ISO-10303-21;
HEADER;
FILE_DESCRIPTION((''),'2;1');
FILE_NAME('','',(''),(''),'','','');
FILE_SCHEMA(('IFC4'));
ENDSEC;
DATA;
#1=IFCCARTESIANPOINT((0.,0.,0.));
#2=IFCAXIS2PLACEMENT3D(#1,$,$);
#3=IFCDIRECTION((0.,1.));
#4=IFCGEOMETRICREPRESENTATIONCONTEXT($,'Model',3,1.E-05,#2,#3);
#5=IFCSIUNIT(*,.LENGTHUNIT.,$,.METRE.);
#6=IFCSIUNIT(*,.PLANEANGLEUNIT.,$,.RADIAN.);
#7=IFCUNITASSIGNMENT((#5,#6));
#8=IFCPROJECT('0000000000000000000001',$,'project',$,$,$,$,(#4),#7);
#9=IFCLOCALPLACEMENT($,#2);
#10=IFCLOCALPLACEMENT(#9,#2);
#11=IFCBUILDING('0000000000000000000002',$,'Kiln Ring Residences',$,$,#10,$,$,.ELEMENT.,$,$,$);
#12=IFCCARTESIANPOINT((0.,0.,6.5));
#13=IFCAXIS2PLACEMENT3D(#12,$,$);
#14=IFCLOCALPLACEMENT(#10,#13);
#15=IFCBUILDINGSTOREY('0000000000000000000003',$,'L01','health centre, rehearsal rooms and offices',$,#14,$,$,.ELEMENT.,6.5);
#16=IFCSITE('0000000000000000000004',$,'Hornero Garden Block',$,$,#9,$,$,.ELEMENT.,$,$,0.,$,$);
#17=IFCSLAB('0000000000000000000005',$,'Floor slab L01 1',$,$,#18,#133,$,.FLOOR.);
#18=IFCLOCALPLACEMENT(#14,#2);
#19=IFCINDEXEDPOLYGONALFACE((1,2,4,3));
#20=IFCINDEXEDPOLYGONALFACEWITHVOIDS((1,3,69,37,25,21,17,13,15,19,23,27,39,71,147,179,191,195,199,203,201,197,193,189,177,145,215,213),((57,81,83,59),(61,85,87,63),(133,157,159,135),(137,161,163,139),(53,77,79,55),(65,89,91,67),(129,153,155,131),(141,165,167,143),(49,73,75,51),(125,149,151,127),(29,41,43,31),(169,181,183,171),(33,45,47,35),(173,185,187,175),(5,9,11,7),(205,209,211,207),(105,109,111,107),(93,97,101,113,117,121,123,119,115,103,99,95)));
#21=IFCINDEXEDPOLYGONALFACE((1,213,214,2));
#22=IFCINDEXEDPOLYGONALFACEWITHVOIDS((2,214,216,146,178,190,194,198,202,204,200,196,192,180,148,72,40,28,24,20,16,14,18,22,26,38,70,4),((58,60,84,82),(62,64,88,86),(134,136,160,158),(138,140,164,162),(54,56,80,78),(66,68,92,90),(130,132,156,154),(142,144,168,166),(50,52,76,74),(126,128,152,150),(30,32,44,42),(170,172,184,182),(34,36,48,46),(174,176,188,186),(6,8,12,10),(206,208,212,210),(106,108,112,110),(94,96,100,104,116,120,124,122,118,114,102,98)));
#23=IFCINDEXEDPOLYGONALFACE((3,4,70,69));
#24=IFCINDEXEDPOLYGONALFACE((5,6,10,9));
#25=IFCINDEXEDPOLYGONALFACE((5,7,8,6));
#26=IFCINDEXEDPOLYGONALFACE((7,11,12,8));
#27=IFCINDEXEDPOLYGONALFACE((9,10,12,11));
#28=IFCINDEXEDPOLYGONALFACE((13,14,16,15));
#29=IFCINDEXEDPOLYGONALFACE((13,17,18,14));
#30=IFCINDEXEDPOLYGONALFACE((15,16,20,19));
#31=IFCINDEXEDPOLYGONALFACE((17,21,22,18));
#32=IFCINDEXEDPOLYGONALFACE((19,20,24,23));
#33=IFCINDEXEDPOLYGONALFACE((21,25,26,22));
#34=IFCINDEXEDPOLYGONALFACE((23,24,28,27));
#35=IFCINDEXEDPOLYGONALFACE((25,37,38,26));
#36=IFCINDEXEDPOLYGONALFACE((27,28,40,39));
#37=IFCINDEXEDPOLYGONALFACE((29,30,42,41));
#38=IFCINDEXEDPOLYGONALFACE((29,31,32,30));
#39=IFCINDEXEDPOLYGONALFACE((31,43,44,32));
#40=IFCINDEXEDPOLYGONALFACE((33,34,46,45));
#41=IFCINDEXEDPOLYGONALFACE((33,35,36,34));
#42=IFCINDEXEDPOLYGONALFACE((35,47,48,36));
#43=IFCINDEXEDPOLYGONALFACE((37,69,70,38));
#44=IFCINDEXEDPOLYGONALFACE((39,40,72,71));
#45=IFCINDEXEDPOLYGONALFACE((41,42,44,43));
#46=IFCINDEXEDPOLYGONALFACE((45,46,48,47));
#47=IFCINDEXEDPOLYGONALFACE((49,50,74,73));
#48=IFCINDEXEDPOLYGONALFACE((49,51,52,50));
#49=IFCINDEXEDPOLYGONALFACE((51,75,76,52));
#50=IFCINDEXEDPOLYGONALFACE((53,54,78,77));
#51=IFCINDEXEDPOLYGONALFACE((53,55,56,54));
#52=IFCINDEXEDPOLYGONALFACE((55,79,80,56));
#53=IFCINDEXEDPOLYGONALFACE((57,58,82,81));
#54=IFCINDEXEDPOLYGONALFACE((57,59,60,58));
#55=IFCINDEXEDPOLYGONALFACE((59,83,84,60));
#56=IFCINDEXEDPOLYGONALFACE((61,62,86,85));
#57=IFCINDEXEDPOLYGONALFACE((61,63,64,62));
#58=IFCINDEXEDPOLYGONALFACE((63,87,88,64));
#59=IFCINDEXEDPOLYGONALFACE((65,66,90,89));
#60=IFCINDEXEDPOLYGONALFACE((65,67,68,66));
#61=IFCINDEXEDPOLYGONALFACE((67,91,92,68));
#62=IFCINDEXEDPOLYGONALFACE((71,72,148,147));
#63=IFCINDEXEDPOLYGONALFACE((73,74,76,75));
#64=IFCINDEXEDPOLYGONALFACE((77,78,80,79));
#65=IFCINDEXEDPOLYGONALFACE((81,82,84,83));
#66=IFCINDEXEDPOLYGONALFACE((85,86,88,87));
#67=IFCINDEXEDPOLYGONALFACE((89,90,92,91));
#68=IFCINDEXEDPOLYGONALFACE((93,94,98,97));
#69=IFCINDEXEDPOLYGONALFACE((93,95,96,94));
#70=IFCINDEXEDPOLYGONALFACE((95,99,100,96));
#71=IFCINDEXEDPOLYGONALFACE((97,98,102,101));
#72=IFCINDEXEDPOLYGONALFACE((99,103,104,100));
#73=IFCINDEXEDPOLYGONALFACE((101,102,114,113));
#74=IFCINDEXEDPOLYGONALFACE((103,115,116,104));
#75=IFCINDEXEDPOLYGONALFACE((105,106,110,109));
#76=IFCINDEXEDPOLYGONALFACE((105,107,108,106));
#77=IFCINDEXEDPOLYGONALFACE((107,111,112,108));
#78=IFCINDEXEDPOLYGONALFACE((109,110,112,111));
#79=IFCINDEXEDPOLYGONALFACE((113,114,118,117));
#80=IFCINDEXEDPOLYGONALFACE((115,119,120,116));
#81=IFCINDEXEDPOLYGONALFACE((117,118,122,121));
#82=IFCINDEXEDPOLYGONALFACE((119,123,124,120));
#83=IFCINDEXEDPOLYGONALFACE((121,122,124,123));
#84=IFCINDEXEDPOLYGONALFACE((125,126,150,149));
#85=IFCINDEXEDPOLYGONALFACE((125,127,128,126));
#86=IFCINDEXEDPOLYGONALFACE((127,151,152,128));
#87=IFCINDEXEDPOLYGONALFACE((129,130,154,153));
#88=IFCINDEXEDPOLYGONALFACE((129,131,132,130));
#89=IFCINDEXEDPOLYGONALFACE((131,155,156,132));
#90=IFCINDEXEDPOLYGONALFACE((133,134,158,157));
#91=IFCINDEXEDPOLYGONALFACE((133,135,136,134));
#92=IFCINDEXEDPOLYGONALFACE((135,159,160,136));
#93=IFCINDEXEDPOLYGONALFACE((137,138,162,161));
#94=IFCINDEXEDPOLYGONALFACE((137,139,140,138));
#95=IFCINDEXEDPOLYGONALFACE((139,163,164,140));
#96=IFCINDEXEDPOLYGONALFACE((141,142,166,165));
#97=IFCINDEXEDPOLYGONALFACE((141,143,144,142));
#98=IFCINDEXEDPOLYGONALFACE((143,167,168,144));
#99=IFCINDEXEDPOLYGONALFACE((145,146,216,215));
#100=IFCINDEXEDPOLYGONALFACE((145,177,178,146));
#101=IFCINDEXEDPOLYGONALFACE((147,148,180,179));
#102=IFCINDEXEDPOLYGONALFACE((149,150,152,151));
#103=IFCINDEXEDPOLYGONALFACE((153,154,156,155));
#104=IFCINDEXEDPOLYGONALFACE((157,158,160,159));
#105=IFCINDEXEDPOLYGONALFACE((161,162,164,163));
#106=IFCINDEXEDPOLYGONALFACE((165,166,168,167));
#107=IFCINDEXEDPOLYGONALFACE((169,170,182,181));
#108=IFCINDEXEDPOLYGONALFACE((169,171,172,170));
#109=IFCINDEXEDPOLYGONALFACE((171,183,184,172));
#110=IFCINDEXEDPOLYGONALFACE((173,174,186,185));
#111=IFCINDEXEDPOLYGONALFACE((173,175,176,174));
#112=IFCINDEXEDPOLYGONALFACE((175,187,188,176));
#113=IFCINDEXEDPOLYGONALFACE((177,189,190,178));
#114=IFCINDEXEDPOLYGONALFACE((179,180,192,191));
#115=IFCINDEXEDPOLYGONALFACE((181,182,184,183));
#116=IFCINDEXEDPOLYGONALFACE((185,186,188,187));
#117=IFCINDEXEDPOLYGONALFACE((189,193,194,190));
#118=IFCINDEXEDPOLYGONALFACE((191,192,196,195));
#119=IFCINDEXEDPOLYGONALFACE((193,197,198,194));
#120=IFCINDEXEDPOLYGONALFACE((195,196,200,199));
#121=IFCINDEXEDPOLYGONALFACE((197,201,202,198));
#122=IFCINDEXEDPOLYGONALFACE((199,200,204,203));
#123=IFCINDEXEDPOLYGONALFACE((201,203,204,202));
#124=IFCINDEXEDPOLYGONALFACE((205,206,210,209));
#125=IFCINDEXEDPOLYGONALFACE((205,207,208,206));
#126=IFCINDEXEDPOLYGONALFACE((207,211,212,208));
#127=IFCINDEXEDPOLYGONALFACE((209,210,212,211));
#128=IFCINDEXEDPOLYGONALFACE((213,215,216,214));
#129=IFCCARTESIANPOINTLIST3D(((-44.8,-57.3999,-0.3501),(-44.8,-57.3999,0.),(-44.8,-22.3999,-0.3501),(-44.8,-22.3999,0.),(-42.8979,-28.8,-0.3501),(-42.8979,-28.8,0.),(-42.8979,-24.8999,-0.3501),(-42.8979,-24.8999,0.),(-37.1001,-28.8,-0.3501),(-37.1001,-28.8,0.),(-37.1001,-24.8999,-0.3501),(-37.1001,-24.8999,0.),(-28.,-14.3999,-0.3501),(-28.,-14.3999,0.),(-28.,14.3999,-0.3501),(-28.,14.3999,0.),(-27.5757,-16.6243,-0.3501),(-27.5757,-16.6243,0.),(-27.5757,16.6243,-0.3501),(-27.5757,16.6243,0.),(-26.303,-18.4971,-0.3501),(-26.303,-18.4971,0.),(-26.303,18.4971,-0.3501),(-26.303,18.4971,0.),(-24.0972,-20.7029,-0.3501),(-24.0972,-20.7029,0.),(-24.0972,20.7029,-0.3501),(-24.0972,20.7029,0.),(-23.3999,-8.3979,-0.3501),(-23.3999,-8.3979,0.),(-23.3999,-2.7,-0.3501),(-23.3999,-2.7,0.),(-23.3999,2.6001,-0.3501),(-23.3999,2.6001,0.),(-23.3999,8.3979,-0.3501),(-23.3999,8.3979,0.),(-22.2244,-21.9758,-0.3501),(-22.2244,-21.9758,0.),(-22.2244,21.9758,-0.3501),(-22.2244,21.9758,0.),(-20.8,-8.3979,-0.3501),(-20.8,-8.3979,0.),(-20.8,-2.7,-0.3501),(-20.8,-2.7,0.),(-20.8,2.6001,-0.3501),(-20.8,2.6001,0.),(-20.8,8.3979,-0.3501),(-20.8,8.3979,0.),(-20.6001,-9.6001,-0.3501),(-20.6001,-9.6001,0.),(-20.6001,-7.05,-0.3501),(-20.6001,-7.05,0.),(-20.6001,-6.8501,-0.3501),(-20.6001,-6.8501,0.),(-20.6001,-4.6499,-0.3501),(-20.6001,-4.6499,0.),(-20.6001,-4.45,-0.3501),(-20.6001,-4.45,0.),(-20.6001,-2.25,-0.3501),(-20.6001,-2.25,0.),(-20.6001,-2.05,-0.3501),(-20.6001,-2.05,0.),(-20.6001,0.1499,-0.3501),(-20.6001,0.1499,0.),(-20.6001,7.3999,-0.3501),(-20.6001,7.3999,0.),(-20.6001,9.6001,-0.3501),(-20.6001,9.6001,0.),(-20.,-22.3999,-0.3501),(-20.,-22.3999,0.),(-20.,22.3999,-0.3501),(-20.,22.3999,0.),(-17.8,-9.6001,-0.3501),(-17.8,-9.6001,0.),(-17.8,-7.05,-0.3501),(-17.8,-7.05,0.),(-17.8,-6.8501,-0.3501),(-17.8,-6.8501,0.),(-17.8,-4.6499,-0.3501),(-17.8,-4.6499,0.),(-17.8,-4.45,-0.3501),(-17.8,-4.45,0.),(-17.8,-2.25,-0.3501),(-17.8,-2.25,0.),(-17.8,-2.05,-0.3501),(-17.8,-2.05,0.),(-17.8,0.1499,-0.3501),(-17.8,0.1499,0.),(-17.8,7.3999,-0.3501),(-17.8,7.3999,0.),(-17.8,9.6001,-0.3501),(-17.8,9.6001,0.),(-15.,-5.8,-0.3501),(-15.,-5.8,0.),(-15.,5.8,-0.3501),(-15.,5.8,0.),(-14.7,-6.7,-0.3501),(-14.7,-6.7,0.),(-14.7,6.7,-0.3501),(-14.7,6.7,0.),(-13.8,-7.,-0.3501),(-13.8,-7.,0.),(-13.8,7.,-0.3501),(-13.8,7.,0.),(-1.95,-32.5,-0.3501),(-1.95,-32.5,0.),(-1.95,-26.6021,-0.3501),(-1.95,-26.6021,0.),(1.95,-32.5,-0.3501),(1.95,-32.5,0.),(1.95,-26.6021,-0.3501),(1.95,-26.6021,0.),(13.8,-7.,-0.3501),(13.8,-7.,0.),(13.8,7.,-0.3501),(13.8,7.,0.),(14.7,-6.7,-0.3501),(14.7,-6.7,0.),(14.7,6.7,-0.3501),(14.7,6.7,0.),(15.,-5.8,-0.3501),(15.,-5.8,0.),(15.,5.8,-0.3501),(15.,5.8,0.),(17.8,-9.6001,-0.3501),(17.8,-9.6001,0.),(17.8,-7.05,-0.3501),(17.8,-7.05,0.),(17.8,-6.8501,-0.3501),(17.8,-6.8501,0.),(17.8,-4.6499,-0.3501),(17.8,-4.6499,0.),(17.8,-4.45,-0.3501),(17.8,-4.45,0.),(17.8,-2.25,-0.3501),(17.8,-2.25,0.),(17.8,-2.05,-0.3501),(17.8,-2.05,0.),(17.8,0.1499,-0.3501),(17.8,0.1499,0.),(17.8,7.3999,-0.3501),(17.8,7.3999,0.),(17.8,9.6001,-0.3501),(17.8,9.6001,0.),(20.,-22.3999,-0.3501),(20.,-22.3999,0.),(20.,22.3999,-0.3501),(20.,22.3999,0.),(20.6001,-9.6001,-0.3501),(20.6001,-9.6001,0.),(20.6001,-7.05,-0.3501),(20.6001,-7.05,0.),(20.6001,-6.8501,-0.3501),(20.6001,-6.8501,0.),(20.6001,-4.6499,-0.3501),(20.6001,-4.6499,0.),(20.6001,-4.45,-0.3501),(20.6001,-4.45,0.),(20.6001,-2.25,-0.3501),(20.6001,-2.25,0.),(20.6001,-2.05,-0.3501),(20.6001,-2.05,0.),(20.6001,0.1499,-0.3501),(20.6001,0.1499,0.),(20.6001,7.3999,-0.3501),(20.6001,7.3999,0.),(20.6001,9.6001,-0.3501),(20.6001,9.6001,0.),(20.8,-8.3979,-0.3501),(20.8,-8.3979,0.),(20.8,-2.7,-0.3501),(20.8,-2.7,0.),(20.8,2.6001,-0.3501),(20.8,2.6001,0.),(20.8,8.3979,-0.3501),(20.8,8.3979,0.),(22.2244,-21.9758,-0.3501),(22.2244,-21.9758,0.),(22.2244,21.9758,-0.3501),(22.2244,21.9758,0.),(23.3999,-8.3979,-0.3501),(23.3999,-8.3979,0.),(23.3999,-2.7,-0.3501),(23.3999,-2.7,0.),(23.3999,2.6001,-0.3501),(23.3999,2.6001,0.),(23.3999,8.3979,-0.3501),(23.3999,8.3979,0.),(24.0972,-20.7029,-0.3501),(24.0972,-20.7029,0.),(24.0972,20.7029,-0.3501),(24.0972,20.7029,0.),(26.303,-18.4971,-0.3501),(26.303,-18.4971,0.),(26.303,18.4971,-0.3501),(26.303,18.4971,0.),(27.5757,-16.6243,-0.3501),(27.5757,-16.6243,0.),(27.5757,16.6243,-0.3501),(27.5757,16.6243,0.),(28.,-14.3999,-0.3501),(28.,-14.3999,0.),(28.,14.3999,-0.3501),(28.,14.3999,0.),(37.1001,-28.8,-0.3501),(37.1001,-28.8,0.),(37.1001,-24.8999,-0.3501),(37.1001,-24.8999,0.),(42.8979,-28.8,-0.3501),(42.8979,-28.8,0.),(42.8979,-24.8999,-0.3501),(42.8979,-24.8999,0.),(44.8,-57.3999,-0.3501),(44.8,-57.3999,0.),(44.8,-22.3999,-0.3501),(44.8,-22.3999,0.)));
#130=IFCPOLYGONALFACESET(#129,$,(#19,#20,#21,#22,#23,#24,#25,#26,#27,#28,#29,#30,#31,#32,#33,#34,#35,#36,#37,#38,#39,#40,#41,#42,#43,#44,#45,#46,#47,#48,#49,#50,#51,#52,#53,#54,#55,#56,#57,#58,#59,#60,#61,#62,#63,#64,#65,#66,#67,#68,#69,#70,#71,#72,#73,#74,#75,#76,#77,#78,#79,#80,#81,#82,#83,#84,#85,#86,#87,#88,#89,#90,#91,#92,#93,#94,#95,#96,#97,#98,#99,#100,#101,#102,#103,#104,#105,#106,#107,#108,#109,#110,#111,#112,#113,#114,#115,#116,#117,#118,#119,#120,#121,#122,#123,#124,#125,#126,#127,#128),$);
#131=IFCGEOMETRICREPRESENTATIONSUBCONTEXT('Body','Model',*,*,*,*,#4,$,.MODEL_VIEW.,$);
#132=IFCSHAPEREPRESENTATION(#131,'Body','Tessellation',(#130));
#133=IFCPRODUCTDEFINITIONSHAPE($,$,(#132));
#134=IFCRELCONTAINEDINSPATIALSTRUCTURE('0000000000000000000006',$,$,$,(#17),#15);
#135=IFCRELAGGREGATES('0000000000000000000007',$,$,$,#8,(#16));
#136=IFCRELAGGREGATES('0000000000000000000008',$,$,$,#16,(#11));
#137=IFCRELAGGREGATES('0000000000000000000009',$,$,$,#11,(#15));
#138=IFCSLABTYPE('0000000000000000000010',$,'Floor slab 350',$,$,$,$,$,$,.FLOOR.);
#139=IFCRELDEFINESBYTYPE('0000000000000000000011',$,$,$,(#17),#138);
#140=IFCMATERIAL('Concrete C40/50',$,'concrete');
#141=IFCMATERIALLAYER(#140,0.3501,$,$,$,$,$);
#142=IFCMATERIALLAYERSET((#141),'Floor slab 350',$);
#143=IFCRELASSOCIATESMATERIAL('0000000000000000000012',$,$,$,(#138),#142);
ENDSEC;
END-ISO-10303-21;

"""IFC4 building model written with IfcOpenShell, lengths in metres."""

from ifc_helpers import new_model, si_unit, direction, frame, origin, place, context, subcontext, project, spatial, polyline, outline, extrude, material, layer, layer_set, type_object, element, save


model = new_model("IFC4")

# Units and contexts
model_context = context("Model", 3, precision=1e-05, world=origin(), true_north=direction((0.0, 1.0)))
body_context = subcontext(model_context, "Body", "Model", "MODEL_VIEW")
ifc_project = project(units=[si_unit("LENGTHUNIT", "METRE"), si_unit("PLANEANGLEUNIT", "RADIAN")], contexts=[model_context])

# Site, building, storey
site_placement = place(None, origin())
site = spatial("IfcSite", under=ifc_project, at=site_placement, Name="Hornero Garden Block", CompositionType="ELEMENT", RefElevation=0.0)
building_placement = place(site_placement, origin())
building = spatial("IfcBuilding", under=site, at=building_placement, Name="Kiln Ring Residences", CompositionType="ELEMENT")
storey_placement = place(building_placement, frame((0.0, 0.0, 6.5)))
storey = spatial("IfcBuildingStorey", under=building, at=storey_placement, Name="L01", Description="health centre, rehearsal rooms and offices", CompositionType="ELEMENT", Elevation=6.5)

# Slab
ifc_material_1 = material(Name="Concrete C40/50", Category="concrete")
ifc_layer_1 = layer(ifc_material_1, 0.3501)
ifc_layer_set_1 = layer_set([ifc_layer_1], Name="Floor slab 350")
slab_type_1 = type_object("IfcSlabType", Name="Floor slab 350", PredefinedType="FLOOR", material=ifc_layer_set_1)
placement_1 = place(storey_placement, frame((0.0, 0.0, -0.3501)))
element("IfcSlab", 1, at=placement_1, inside=storey, type_object=slab_type_1, Name="Floor slab L01 1", PredefinedType="FLOOR", context=body_context, shape_type="SweptSolid", body=[
    extrude(outline(polyline([(44.8, -57.3999), (44.8, -22.3999), (20.0, -22.3999), (22.2244, -21.9758), (24.0972, -20.7029), (26.303, -18.4971), (27.5757, -16.6243), (28.0, -14.3999), (28.0, 14.3999), (27.5757, 16.6243), (26.303, 18.4971), (24.0972, 20.7029), (22.2244, 21.9758), (20.0, 22.3999), (-20.0, 22.3999), (-22.2244, 21.9758), (-24.0972, 20.7029), (-26.303, 18.4971), (-27.5757, 16.6243), (-28.0, 14.3999), (-28.0, -14.3999), (-27.5757, -16.6243), (-26.303, -18.4971), (-24.0972, -20.7029), (-22.2244, -21.9758), (-20.0, -22.3999), (-44.8, -22.3999), (-44.8, -57.3999), (44.8, -57.3999)]), holes=[polyline([(-14.7, -6.7), (-15.0, -5.8), (-15.0, 5.8), (-14.7, 6.7), (-13.8, 7.0), (13.8, 7.0), (14.7, 6.7), (15.0, 5.8), (15.0, -5.8), (14.7, -6.7), (13.8, -7.0), (-13.8, -7.0), (-14.7, -6.7)]), polyline([(42.8979, -24.8999), (42.8979, -28.8), (37.1001, -28.8), (37.1001, -24.8999), (42.8979, -24.8999)]), polyline([(20.8, 8.3979), (23.3999, 8.3979), (23.3999, 2.6001), (20.8, 2.6001), (20.8, 8.3979)]), polyline([(20.8, -8.3979), (20.8, -2.7), (23.3999, -2.7), (23.3999, -8.3979), (20.8, -8.3979)]), polyline([(17.8, 9.6001), (20.6001, 9.6001), (20.6001, 7.3999), (17.8, 7.3999), (17.8, 9.6001)]), polyline([(17.8, -2.05), (17.8, 0.1499), (20.6001, 0.1499), (20.6001, -2.05), (17.8, -2.05)]), polyline([(17.8, -4.45), (17.8, -2.25), (20.6001, -2.25), (20.6001, -4.45), (17.8, -4.45)]), polyline([(17.8, -6.8501), (17.8, -4.6499), (20.6001, -4.6499), (20.6001, -6.8501), (17.8, -6.8501)]), polyline([(17.8, -9.6001), (17.8, -7.05), (20.6001, -7.05), (20.6001, -9.6001), (17.8, -9.6001)]), polyline([(-1.95, -26.6021), (1.95, -26.6021), (1.95, -32.5), (-1.95, -32.5), (-1.95, -26.6021)]), polyline([(-17.8, 7.3999), (-20.6001, 7.3999), (-20.6001, 9.6001), (-17.8, 9.6001), (-17.8, 7.3999)]), polyline([(-17.8, -2.05), (-20.6001, -2.05), (-20.6001, 0.1499), (-17.8, 0.1499), (-17.8, -2.05)]), polyline([(-17.8, -4.45), (-20.6001, -4.45), (-20.6001, -2.25), (-17.8, -2.25), (-17.8, -4.45)]), polyline([(-17.8, -6.8501), (-20.6001, -6.8501), (-20.6001, -4.6499), (-17.8, -4.6499), (-17.8, -6.8501)]), polyline([(-17.8, -9.6001), (-20.6001, -9.6001), (-20.6001, -7.05), (-17.8, -7.05), (-17.8, -9.6001)]), polyline([(-20.8, 2.6001), (-23.3999, 2.6001), (-23.3999, 8.3979), (-20.8, 8.3979), (-20.8, 2.6001)]), polyline([(-20.8, -8.3979), (-23.3999, -8.3979), (-23.3999, -2.7), (-20.8, -2.7), (-20.8, -8.3979)]), polyline([(-42.8979, -28.8), (-42.8979, -24.8999), (-37.1001, -24.8999), (-37.1001, -28.8), (-42.8979, -28.8)])]), origin(), (0.0, 0.0, 1.0), 0.3501),
])

save(model, "model.ifc")
